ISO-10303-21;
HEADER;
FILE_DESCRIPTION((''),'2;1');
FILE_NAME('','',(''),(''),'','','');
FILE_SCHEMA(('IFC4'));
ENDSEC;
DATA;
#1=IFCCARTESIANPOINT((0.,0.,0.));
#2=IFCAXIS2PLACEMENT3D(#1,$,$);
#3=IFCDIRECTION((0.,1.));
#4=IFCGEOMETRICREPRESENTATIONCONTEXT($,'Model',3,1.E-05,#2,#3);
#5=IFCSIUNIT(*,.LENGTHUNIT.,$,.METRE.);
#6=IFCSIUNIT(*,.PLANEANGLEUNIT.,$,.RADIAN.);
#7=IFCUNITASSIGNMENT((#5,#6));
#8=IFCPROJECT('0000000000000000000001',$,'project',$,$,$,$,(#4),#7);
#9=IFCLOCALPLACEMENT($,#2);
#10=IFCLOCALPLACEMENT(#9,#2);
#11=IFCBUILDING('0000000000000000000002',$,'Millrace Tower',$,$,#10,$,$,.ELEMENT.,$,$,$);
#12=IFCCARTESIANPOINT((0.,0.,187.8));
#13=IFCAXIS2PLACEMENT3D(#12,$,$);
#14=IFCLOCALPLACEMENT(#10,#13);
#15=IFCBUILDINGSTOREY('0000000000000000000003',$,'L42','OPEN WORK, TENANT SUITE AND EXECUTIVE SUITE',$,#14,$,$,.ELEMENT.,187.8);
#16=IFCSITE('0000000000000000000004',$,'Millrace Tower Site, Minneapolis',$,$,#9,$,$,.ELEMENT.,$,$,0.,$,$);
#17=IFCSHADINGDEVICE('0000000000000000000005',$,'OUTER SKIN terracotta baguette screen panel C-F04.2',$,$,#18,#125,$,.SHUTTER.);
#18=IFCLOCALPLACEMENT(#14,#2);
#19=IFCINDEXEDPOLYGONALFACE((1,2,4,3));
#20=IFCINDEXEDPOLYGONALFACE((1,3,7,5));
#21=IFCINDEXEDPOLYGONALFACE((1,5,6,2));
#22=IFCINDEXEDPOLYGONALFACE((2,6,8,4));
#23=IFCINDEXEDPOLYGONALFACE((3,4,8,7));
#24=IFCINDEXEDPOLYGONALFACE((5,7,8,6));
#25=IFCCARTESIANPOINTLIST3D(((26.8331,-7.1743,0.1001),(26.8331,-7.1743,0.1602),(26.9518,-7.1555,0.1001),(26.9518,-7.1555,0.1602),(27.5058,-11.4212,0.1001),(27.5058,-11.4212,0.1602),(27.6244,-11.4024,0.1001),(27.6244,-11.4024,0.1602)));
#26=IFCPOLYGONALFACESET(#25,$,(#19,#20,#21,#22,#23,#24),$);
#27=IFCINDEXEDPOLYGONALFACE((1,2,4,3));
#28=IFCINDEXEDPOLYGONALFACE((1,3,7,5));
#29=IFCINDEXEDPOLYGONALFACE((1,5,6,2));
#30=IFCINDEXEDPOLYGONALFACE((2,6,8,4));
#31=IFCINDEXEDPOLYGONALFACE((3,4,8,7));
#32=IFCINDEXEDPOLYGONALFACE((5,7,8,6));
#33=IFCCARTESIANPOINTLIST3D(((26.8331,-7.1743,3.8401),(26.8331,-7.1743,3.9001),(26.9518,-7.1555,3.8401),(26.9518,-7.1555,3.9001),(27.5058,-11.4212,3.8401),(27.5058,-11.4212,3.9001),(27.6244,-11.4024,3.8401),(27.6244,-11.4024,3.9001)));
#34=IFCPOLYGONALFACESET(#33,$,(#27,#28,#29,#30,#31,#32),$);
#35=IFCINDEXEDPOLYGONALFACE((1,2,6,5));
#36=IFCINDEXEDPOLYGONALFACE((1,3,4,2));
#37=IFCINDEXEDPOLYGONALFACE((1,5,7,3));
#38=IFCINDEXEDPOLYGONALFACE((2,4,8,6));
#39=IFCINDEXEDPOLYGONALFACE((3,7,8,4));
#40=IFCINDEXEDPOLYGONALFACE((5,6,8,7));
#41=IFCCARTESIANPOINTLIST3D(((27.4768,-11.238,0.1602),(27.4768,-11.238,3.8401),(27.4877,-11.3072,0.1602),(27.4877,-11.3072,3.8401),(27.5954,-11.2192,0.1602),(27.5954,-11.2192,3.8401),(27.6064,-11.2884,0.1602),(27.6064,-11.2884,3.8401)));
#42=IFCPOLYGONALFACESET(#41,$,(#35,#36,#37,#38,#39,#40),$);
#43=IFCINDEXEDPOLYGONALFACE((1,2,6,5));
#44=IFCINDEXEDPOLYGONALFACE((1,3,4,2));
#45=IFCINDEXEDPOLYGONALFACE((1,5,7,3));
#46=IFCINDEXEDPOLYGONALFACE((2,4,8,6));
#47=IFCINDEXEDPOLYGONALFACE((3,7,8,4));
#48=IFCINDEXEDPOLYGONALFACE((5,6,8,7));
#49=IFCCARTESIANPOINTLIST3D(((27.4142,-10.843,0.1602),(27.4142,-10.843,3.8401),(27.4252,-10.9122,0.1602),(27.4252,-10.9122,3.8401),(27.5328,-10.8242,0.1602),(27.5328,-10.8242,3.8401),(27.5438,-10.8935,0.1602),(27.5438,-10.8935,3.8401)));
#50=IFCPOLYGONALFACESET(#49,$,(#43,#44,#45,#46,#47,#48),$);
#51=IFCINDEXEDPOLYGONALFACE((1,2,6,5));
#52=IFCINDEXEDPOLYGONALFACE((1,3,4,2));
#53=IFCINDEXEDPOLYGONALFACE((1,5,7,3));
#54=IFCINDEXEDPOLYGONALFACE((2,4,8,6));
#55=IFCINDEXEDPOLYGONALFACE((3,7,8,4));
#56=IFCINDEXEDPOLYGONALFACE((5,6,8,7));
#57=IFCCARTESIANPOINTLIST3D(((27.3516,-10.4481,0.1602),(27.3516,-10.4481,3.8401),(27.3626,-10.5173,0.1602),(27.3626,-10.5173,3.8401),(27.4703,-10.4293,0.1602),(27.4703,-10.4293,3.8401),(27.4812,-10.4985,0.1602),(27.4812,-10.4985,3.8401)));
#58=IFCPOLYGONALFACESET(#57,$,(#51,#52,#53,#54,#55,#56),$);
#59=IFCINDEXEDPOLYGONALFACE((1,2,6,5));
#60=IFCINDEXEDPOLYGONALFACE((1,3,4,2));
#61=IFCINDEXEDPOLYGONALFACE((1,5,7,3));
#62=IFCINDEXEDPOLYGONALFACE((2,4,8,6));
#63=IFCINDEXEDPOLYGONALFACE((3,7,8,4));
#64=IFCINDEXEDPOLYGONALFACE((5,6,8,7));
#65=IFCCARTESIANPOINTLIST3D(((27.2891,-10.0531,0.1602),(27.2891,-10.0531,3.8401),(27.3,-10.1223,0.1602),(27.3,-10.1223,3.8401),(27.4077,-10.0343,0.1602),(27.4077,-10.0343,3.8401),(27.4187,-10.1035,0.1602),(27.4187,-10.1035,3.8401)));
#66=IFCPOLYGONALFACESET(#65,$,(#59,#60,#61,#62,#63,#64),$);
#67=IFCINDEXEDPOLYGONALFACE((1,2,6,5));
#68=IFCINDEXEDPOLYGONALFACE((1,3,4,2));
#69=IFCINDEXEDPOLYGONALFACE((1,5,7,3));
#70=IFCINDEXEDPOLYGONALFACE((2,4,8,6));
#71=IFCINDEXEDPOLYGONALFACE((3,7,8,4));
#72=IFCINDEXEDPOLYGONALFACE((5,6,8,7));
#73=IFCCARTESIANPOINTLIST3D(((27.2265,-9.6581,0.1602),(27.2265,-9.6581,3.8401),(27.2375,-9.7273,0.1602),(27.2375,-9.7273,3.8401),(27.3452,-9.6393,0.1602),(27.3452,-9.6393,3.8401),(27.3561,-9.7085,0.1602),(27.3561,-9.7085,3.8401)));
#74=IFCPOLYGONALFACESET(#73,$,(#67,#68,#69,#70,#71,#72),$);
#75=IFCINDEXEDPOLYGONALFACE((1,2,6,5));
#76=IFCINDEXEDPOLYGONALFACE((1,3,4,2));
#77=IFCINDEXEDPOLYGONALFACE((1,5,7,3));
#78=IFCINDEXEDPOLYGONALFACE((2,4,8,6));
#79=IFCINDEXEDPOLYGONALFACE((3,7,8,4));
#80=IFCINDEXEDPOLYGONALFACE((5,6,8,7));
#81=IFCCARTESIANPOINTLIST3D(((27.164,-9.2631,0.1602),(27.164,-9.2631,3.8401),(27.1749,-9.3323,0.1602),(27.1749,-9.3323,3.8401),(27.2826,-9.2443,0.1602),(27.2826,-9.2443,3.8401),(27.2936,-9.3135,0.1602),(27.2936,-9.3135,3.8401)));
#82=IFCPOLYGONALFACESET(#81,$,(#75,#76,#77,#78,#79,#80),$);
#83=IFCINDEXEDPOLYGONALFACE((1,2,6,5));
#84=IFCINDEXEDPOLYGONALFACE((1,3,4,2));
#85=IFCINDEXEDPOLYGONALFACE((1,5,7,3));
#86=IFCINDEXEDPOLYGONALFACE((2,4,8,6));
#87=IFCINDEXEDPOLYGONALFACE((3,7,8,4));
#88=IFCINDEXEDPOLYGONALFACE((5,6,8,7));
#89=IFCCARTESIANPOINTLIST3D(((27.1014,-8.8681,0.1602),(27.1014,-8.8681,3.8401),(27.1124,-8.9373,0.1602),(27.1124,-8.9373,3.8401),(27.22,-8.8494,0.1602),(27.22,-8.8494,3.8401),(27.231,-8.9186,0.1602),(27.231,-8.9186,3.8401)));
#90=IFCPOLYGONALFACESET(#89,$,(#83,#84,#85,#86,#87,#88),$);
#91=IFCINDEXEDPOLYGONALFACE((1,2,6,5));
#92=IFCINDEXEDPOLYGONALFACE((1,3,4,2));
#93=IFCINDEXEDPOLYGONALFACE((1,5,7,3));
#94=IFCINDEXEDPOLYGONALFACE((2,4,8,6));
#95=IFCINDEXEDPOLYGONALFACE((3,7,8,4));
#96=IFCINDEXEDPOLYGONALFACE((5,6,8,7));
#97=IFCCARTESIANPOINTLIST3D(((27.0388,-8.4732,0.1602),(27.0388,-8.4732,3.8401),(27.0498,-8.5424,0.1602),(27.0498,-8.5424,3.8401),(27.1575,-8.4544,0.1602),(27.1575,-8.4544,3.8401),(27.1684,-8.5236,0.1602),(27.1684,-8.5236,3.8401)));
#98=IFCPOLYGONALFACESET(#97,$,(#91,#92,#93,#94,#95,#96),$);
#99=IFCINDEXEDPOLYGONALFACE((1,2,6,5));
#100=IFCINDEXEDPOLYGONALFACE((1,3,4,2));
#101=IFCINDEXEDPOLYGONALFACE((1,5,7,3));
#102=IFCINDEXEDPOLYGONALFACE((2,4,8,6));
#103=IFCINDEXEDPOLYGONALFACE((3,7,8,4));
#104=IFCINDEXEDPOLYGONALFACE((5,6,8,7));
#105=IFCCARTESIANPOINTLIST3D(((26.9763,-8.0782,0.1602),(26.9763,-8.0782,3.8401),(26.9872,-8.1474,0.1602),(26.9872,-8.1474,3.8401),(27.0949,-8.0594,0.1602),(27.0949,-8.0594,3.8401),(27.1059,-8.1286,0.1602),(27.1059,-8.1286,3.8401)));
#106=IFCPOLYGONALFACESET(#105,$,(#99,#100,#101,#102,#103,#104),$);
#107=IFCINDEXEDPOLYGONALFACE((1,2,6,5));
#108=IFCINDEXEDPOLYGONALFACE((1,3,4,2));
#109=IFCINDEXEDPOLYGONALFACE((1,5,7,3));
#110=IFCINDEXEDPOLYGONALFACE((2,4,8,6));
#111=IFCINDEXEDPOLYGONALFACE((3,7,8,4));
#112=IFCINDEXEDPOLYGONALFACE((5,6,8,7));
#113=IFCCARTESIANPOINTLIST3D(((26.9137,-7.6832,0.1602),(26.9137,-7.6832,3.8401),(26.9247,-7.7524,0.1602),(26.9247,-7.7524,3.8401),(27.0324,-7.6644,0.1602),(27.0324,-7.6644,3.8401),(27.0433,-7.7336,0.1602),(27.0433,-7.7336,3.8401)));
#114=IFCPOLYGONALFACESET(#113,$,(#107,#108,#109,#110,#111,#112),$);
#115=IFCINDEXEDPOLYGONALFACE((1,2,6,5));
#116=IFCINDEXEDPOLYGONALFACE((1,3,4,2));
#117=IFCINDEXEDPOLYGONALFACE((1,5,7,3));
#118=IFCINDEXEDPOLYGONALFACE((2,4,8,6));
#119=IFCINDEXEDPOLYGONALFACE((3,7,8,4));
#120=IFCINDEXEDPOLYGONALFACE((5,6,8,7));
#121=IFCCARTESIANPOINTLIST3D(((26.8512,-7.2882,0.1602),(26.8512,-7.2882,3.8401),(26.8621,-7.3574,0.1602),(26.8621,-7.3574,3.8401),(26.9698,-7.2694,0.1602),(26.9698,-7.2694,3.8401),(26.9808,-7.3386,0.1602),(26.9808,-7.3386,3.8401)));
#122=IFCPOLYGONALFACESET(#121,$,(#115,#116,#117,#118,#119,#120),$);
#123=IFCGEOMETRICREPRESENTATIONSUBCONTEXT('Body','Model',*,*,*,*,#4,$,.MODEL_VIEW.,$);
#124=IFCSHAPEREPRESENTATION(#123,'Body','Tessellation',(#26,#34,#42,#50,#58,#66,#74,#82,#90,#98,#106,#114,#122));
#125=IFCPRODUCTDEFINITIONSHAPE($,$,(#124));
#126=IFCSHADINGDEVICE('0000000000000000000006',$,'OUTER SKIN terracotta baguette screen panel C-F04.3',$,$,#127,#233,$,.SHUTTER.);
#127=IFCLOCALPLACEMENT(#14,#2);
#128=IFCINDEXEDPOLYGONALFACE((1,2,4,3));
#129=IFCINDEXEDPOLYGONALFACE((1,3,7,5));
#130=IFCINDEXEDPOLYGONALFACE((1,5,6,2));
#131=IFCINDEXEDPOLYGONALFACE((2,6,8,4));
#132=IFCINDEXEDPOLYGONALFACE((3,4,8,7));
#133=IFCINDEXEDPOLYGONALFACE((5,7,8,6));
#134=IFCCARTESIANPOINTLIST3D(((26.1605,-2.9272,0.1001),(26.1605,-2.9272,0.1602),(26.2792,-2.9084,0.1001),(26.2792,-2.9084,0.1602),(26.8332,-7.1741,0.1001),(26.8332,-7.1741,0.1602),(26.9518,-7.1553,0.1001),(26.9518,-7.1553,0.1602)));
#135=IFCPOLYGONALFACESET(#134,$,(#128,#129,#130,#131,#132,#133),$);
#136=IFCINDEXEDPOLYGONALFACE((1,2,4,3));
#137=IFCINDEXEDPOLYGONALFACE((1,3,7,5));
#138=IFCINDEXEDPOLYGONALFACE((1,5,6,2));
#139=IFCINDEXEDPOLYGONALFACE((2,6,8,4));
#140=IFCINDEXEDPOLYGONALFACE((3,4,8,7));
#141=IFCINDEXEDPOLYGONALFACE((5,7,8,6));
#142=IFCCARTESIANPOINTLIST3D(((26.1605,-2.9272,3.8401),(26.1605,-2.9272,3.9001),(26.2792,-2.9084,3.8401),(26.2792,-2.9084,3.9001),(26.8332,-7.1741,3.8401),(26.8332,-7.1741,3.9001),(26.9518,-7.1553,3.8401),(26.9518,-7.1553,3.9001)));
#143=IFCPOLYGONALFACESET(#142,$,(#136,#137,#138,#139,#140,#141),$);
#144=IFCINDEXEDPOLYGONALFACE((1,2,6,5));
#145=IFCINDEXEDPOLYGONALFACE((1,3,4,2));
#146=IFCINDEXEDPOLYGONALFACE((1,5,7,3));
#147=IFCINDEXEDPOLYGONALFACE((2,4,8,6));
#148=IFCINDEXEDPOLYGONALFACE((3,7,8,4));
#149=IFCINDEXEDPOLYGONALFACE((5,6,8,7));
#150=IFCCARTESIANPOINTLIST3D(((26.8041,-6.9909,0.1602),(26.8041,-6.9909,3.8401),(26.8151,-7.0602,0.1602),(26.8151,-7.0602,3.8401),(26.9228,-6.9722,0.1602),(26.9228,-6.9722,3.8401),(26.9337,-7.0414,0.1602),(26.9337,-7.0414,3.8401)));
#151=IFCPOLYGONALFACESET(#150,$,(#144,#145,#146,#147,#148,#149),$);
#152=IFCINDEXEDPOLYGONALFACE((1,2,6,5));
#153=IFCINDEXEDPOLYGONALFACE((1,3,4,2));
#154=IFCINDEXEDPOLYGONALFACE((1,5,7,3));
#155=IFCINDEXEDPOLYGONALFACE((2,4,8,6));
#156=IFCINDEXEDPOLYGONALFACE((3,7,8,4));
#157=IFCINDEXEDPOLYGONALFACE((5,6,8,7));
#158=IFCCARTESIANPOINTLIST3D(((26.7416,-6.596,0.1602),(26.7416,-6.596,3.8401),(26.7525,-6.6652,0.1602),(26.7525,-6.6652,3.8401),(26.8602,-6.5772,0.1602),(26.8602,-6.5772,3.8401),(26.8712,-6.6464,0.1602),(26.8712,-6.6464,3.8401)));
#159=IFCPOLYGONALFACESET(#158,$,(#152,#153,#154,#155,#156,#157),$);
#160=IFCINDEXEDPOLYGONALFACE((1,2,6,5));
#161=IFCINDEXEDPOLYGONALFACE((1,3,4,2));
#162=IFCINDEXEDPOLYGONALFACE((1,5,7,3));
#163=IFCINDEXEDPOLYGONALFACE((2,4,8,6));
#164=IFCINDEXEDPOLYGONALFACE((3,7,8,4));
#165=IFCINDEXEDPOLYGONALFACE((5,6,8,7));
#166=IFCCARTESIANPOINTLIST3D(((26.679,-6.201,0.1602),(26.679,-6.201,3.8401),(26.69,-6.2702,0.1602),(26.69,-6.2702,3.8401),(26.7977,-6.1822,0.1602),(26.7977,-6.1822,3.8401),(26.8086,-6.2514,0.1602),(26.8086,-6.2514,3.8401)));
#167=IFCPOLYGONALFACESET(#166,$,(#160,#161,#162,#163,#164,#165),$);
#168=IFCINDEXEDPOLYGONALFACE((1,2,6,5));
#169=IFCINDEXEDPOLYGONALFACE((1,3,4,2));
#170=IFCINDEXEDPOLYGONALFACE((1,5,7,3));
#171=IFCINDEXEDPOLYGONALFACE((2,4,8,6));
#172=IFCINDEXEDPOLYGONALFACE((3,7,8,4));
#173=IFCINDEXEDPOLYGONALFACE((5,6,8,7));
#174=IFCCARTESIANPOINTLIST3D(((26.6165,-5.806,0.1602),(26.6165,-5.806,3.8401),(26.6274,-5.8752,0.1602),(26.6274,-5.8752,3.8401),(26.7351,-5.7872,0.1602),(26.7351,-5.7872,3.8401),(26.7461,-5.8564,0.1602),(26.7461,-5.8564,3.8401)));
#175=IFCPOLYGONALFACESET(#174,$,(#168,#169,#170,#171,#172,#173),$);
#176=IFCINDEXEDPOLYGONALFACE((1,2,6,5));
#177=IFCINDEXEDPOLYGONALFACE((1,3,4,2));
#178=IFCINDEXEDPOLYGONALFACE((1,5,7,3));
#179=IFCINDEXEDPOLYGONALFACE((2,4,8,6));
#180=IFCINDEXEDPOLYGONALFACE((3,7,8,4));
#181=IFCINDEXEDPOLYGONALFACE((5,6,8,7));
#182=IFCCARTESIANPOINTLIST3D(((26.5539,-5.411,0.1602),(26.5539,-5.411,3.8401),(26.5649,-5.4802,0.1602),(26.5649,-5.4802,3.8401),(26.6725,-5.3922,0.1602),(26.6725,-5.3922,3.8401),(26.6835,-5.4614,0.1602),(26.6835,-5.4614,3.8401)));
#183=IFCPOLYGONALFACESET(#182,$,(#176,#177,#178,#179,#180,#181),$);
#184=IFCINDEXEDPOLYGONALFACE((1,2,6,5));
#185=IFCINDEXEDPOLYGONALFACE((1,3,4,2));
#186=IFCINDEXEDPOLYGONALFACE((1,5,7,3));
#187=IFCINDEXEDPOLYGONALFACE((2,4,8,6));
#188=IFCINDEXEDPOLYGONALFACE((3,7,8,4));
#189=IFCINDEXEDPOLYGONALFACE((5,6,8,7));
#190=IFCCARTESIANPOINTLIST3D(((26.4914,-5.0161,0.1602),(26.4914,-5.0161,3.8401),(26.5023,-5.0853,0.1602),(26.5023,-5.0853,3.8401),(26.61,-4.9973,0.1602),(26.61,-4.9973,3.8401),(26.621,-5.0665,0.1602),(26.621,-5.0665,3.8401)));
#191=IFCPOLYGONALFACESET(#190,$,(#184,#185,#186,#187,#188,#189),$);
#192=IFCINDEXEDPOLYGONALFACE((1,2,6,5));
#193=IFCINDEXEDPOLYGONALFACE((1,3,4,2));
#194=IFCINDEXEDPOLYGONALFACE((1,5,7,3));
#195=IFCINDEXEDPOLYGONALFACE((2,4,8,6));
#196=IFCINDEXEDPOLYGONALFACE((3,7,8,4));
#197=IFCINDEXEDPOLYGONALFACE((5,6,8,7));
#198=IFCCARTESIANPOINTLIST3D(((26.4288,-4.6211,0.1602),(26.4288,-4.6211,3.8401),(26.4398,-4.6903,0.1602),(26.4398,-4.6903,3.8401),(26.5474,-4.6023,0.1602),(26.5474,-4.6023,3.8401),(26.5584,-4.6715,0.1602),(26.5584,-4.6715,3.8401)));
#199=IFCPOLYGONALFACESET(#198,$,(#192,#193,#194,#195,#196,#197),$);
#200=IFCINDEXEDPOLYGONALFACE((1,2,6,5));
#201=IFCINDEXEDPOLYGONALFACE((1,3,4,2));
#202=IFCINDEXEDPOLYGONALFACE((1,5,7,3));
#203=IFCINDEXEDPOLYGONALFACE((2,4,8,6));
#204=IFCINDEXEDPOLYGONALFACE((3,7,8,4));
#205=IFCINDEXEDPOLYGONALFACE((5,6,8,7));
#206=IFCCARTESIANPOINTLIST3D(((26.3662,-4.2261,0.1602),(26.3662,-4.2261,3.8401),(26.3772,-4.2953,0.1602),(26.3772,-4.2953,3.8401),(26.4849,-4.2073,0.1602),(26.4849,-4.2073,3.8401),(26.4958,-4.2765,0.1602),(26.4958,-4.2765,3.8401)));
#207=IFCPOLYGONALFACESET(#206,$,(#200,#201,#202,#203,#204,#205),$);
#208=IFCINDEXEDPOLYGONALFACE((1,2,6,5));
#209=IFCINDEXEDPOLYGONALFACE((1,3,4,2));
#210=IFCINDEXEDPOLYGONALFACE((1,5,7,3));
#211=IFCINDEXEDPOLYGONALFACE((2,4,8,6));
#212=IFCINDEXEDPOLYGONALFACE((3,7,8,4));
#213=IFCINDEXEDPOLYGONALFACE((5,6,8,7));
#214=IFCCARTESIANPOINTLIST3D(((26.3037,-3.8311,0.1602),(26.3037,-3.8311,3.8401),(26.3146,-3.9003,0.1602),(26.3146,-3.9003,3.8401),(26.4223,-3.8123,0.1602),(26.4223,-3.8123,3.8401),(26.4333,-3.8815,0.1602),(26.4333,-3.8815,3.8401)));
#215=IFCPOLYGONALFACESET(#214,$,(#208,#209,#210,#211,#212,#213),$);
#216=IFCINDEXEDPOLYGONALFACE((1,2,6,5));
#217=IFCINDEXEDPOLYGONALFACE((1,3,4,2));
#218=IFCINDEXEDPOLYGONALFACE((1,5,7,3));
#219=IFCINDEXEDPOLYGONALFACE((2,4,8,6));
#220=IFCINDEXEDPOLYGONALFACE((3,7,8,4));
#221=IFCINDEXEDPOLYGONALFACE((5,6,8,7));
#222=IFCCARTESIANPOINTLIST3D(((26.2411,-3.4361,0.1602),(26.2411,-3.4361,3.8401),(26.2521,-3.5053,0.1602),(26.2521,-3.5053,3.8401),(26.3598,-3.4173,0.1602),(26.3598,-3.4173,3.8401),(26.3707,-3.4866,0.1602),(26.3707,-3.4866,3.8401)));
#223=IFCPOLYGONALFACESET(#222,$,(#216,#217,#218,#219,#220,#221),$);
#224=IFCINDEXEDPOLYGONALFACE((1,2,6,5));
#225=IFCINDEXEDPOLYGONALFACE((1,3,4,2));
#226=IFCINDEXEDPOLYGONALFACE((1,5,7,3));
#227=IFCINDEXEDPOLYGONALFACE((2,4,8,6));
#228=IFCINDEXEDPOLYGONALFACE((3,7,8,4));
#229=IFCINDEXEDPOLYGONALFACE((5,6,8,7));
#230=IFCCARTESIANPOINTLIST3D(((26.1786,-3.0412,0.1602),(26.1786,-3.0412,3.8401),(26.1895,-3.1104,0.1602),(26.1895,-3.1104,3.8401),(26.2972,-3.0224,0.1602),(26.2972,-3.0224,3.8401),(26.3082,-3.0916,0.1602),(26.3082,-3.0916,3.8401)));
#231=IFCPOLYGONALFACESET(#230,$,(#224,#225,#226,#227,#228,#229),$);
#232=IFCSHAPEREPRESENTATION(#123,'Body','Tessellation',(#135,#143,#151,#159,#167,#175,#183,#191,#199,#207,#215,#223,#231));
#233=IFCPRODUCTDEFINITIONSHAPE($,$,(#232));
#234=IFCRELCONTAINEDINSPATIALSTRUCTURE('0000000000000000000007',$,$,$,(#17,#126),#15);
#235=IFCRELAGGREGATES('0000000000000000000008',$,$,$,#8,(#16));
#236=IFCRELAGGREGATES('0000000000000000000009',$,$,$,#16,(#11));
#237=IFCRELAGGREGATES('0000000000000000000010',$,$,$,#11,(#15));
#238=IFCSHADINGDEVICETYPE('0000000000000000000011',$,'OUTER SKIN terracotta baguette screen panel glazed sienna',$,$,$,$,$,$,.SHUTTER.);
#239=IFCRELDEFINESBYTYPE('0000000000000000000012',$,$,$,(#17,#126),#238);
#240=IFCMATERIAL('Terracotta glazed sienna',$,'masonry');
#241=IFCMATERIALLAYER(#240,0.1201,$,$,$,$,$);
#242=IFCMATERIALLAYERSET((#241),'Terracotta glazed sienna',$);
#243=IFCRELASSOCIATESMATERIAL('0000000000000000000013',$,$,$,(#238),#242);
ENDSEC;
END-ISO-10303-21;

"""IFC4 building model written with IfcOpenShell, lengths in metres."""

from ifc_helpers import new_model, entity, si_unit, direction, frame, frame_2d, origin, origin_2d, place, context, subcontext, project, spatial, rectangle, extrude, source, transform, mapped, material, layer, layer_set, type_object, element, save


model = new_model("IFC4")

# Units and contexts
model_context = context("Model", 3, precision=1e-05, world=origin(), true_north=direction((0.0, 1.0)))
body_context = subcontext(model_context, "Body", "Model", "MODEL_VIEW")
ifc_project = project(units=[si_unit("LENGTHUNIT", "METRE"), si_unit("PLANEANGLEUNIT", "RADIAN")], contexts=[model_context])

# Site, building, storey
site_placement = place(None, origin())
site = spatial("IfcSite", under=ifc_project, at=site_placement, Name="Millrace Tower Site, Minneapolis", CompositionType="ELEMENT", RefElevation=0.0)
building_placement = place(site_placement, origin())
building = spatial("IfcBuilding", under=site, at=building_placement, Name="Millrace Tower", CompositionType="ELEMENT")
storey_placement = place(building_placement, frame((0.0, 0.0, 187.8)))
storey = spatial("IfcBuildingStorey", under=building, at=storey_placement, Name="L42", Description="OPEN WORK, TENANT SUITE AND EXECUTIVE SUITE", CompositionType="ELEMENT", Elevation=187.8)

# Shading devices
ifc_material_1 = material(Name="Terracotta glazed sienna", Category="masonry")
ifc_layer_1 = layer(ifc_material_1, 0.1201)
ifc_layer_set_1 = layer_set([ifc_layer_1], Name="Terracotta glazed sienna")
shading_device_type = type_object("IfcShadingDeviceType", Name="OUTER SKIN terracotta baguette screen panel glazed sienna", PredefinedType="SHUTTER", material=ifc_layer_set_1)
cartesian_point_1 = entity("IfcCartesianPoint", [-2.1499, 0.0601])
shared_polyline_1 = entity("IfcPolyline", [cartesian_point_1, entity("IfcCartesianPoint", [2.1499, 0.0601]), entity("IfcCartesianPoint", [2.1499, -0.0601]), entity("IfcCartesianPoint", [-2.1499, -0.0601]), cartesian_point_1])
shared_shape_1 = source(origin(), body_context, "Body", "SweptSolid", [
    entity("IfcExtrudedAreaSolid", entity("IfcArbitraryClosedProfileDef", "AREA", None, shared_polyline_1), entity("IfcAxis2Placement3D", entity("IfcCartesianPoint", [0.0, 0.0, 0.0])), entity("IfcDirection", [0.0, 0.0, 1.0]), 0.0601),
    entity("IfcExtrudedAreaSolid", entity("IfcArbitraryClosedProfileDef", "AREA", None, shared_polyline_1), entity("IfcAxis2Placement3D", entity("IfcCartesianPoint", [0.0, 0.0, 3.74])), entity("IfcDirection", [0.0, 0.0, 1.0]), 0.0601),
    extrude(rectangle(XDim=0.0701, YDim=0.1201, at=frame_2d((-1.9995, 0.0))), frame((0.0, 0.0, 0.0601)), (0.0, 0.0, 1.0), 3.6799),
    extrude(rectangle(XDim=0.0701, YDim=0.1201, at=frame_2d((-1.5996, 0.0))), frame((0.0, 0.0, 0.0601)), (0.0, 0.0, 1.0), 3.6799),
    extrude(rectangle(XDim=0.0701, YDim=0.1201, at=frame_2d((-1.1997, 0.0))), frame((0.0, 0.0, 0.0601)), (0.0, 0.0, 1.0), 3.6799),
    extrude(rectangle(XDim=0.0701, YDim=0.1201, at=frame_2d((-0.7998, 0.0))), frame((0.0, 0.0, 0.0601)), (0.0, 0.0, 1.0), 3.6799),
    extrude(rectangle(XDim=0.0701, YDim=0.1201, at=frame_2d((-0.3999, 0.0))), frame((0.0, 0.0, 0.0601)), (0.0, 0.0, 1.0), 3.6799),
    extrude(rectangle(XDim=0.0701, YDim=0.1201, at=origin_2d()), frame((0.0, 0.0, 0.0601)), (0.0, 0.0, 1.0), 3.6799),
    extrude(rectangle(XDim=0.0701, YDim=0.1201, at=frame_2d((0.3999, 0.0))), frame((0.0, 0.0, 0.0601)), (0.0, 0.0, 1.0), 3.6799),
    extrude(rectangle(XDim=0.0701, YDim=0.1201, at=frame_2d((0.7998, 0.0))), frame((0.0, 0.0, 0.0601)), (0.0, 0.0, 1.0), 3.6799),
    extrude(rectangle(XDim=0.0701, YDim=0.1201, at=frame_2d((1.1997, 0.0))), frame((0.0, 0.0, 0.0601)), (0.0, 0.0, 1.0), 3.6799),
    extrude(rectangle(XDim=0.0701, YDim=0.1201, at=frame_2d((1.5996, 0.0))), frame((0.0, 0.0, 0.0601)), (0.0, 0.0, 1.0), 3.6799),
    extrude(rectangle(XDim=0.0701, YDim=0.1201, at=frame_2d((1.9995, 0.0))), frame((0.0, 0.0, 0.0601)), (0.0, 0.0, 1.0), 3.6799),
])
for number, where, z_axis, x_axis, name in (
    (1, (27.2288, -9.2883, 0.1001), (0.0, 0.0, 1.0), (-0.156434, 0.987688, 0.0), "OUTER SKIN terracotta baguette screen panel C-F04.2"),
    (2, (26.5562, -5.0413, 0.1001), (0.0, 0.0, 1.0), (-0.156434, 0.987688, 0.0), "OUTER SKIN terracotta baguette screen panel C-F04.3"),
):
    element("IfcShadingDevice", number, at=place(storey_placement, frame(where, z_axis=z_axis, x_axis=x_axis)), inside=storey, type_object=shading_device_type, Name=name, PredefinedType="SHUTTER", context=body_context, shape_type="MappedRepresentation", body=[
        mapped(shared_shape_1, transform((0.0, 0.0, 0.0), scale=1.0)),
    ])

save(model, "model.ifc")
